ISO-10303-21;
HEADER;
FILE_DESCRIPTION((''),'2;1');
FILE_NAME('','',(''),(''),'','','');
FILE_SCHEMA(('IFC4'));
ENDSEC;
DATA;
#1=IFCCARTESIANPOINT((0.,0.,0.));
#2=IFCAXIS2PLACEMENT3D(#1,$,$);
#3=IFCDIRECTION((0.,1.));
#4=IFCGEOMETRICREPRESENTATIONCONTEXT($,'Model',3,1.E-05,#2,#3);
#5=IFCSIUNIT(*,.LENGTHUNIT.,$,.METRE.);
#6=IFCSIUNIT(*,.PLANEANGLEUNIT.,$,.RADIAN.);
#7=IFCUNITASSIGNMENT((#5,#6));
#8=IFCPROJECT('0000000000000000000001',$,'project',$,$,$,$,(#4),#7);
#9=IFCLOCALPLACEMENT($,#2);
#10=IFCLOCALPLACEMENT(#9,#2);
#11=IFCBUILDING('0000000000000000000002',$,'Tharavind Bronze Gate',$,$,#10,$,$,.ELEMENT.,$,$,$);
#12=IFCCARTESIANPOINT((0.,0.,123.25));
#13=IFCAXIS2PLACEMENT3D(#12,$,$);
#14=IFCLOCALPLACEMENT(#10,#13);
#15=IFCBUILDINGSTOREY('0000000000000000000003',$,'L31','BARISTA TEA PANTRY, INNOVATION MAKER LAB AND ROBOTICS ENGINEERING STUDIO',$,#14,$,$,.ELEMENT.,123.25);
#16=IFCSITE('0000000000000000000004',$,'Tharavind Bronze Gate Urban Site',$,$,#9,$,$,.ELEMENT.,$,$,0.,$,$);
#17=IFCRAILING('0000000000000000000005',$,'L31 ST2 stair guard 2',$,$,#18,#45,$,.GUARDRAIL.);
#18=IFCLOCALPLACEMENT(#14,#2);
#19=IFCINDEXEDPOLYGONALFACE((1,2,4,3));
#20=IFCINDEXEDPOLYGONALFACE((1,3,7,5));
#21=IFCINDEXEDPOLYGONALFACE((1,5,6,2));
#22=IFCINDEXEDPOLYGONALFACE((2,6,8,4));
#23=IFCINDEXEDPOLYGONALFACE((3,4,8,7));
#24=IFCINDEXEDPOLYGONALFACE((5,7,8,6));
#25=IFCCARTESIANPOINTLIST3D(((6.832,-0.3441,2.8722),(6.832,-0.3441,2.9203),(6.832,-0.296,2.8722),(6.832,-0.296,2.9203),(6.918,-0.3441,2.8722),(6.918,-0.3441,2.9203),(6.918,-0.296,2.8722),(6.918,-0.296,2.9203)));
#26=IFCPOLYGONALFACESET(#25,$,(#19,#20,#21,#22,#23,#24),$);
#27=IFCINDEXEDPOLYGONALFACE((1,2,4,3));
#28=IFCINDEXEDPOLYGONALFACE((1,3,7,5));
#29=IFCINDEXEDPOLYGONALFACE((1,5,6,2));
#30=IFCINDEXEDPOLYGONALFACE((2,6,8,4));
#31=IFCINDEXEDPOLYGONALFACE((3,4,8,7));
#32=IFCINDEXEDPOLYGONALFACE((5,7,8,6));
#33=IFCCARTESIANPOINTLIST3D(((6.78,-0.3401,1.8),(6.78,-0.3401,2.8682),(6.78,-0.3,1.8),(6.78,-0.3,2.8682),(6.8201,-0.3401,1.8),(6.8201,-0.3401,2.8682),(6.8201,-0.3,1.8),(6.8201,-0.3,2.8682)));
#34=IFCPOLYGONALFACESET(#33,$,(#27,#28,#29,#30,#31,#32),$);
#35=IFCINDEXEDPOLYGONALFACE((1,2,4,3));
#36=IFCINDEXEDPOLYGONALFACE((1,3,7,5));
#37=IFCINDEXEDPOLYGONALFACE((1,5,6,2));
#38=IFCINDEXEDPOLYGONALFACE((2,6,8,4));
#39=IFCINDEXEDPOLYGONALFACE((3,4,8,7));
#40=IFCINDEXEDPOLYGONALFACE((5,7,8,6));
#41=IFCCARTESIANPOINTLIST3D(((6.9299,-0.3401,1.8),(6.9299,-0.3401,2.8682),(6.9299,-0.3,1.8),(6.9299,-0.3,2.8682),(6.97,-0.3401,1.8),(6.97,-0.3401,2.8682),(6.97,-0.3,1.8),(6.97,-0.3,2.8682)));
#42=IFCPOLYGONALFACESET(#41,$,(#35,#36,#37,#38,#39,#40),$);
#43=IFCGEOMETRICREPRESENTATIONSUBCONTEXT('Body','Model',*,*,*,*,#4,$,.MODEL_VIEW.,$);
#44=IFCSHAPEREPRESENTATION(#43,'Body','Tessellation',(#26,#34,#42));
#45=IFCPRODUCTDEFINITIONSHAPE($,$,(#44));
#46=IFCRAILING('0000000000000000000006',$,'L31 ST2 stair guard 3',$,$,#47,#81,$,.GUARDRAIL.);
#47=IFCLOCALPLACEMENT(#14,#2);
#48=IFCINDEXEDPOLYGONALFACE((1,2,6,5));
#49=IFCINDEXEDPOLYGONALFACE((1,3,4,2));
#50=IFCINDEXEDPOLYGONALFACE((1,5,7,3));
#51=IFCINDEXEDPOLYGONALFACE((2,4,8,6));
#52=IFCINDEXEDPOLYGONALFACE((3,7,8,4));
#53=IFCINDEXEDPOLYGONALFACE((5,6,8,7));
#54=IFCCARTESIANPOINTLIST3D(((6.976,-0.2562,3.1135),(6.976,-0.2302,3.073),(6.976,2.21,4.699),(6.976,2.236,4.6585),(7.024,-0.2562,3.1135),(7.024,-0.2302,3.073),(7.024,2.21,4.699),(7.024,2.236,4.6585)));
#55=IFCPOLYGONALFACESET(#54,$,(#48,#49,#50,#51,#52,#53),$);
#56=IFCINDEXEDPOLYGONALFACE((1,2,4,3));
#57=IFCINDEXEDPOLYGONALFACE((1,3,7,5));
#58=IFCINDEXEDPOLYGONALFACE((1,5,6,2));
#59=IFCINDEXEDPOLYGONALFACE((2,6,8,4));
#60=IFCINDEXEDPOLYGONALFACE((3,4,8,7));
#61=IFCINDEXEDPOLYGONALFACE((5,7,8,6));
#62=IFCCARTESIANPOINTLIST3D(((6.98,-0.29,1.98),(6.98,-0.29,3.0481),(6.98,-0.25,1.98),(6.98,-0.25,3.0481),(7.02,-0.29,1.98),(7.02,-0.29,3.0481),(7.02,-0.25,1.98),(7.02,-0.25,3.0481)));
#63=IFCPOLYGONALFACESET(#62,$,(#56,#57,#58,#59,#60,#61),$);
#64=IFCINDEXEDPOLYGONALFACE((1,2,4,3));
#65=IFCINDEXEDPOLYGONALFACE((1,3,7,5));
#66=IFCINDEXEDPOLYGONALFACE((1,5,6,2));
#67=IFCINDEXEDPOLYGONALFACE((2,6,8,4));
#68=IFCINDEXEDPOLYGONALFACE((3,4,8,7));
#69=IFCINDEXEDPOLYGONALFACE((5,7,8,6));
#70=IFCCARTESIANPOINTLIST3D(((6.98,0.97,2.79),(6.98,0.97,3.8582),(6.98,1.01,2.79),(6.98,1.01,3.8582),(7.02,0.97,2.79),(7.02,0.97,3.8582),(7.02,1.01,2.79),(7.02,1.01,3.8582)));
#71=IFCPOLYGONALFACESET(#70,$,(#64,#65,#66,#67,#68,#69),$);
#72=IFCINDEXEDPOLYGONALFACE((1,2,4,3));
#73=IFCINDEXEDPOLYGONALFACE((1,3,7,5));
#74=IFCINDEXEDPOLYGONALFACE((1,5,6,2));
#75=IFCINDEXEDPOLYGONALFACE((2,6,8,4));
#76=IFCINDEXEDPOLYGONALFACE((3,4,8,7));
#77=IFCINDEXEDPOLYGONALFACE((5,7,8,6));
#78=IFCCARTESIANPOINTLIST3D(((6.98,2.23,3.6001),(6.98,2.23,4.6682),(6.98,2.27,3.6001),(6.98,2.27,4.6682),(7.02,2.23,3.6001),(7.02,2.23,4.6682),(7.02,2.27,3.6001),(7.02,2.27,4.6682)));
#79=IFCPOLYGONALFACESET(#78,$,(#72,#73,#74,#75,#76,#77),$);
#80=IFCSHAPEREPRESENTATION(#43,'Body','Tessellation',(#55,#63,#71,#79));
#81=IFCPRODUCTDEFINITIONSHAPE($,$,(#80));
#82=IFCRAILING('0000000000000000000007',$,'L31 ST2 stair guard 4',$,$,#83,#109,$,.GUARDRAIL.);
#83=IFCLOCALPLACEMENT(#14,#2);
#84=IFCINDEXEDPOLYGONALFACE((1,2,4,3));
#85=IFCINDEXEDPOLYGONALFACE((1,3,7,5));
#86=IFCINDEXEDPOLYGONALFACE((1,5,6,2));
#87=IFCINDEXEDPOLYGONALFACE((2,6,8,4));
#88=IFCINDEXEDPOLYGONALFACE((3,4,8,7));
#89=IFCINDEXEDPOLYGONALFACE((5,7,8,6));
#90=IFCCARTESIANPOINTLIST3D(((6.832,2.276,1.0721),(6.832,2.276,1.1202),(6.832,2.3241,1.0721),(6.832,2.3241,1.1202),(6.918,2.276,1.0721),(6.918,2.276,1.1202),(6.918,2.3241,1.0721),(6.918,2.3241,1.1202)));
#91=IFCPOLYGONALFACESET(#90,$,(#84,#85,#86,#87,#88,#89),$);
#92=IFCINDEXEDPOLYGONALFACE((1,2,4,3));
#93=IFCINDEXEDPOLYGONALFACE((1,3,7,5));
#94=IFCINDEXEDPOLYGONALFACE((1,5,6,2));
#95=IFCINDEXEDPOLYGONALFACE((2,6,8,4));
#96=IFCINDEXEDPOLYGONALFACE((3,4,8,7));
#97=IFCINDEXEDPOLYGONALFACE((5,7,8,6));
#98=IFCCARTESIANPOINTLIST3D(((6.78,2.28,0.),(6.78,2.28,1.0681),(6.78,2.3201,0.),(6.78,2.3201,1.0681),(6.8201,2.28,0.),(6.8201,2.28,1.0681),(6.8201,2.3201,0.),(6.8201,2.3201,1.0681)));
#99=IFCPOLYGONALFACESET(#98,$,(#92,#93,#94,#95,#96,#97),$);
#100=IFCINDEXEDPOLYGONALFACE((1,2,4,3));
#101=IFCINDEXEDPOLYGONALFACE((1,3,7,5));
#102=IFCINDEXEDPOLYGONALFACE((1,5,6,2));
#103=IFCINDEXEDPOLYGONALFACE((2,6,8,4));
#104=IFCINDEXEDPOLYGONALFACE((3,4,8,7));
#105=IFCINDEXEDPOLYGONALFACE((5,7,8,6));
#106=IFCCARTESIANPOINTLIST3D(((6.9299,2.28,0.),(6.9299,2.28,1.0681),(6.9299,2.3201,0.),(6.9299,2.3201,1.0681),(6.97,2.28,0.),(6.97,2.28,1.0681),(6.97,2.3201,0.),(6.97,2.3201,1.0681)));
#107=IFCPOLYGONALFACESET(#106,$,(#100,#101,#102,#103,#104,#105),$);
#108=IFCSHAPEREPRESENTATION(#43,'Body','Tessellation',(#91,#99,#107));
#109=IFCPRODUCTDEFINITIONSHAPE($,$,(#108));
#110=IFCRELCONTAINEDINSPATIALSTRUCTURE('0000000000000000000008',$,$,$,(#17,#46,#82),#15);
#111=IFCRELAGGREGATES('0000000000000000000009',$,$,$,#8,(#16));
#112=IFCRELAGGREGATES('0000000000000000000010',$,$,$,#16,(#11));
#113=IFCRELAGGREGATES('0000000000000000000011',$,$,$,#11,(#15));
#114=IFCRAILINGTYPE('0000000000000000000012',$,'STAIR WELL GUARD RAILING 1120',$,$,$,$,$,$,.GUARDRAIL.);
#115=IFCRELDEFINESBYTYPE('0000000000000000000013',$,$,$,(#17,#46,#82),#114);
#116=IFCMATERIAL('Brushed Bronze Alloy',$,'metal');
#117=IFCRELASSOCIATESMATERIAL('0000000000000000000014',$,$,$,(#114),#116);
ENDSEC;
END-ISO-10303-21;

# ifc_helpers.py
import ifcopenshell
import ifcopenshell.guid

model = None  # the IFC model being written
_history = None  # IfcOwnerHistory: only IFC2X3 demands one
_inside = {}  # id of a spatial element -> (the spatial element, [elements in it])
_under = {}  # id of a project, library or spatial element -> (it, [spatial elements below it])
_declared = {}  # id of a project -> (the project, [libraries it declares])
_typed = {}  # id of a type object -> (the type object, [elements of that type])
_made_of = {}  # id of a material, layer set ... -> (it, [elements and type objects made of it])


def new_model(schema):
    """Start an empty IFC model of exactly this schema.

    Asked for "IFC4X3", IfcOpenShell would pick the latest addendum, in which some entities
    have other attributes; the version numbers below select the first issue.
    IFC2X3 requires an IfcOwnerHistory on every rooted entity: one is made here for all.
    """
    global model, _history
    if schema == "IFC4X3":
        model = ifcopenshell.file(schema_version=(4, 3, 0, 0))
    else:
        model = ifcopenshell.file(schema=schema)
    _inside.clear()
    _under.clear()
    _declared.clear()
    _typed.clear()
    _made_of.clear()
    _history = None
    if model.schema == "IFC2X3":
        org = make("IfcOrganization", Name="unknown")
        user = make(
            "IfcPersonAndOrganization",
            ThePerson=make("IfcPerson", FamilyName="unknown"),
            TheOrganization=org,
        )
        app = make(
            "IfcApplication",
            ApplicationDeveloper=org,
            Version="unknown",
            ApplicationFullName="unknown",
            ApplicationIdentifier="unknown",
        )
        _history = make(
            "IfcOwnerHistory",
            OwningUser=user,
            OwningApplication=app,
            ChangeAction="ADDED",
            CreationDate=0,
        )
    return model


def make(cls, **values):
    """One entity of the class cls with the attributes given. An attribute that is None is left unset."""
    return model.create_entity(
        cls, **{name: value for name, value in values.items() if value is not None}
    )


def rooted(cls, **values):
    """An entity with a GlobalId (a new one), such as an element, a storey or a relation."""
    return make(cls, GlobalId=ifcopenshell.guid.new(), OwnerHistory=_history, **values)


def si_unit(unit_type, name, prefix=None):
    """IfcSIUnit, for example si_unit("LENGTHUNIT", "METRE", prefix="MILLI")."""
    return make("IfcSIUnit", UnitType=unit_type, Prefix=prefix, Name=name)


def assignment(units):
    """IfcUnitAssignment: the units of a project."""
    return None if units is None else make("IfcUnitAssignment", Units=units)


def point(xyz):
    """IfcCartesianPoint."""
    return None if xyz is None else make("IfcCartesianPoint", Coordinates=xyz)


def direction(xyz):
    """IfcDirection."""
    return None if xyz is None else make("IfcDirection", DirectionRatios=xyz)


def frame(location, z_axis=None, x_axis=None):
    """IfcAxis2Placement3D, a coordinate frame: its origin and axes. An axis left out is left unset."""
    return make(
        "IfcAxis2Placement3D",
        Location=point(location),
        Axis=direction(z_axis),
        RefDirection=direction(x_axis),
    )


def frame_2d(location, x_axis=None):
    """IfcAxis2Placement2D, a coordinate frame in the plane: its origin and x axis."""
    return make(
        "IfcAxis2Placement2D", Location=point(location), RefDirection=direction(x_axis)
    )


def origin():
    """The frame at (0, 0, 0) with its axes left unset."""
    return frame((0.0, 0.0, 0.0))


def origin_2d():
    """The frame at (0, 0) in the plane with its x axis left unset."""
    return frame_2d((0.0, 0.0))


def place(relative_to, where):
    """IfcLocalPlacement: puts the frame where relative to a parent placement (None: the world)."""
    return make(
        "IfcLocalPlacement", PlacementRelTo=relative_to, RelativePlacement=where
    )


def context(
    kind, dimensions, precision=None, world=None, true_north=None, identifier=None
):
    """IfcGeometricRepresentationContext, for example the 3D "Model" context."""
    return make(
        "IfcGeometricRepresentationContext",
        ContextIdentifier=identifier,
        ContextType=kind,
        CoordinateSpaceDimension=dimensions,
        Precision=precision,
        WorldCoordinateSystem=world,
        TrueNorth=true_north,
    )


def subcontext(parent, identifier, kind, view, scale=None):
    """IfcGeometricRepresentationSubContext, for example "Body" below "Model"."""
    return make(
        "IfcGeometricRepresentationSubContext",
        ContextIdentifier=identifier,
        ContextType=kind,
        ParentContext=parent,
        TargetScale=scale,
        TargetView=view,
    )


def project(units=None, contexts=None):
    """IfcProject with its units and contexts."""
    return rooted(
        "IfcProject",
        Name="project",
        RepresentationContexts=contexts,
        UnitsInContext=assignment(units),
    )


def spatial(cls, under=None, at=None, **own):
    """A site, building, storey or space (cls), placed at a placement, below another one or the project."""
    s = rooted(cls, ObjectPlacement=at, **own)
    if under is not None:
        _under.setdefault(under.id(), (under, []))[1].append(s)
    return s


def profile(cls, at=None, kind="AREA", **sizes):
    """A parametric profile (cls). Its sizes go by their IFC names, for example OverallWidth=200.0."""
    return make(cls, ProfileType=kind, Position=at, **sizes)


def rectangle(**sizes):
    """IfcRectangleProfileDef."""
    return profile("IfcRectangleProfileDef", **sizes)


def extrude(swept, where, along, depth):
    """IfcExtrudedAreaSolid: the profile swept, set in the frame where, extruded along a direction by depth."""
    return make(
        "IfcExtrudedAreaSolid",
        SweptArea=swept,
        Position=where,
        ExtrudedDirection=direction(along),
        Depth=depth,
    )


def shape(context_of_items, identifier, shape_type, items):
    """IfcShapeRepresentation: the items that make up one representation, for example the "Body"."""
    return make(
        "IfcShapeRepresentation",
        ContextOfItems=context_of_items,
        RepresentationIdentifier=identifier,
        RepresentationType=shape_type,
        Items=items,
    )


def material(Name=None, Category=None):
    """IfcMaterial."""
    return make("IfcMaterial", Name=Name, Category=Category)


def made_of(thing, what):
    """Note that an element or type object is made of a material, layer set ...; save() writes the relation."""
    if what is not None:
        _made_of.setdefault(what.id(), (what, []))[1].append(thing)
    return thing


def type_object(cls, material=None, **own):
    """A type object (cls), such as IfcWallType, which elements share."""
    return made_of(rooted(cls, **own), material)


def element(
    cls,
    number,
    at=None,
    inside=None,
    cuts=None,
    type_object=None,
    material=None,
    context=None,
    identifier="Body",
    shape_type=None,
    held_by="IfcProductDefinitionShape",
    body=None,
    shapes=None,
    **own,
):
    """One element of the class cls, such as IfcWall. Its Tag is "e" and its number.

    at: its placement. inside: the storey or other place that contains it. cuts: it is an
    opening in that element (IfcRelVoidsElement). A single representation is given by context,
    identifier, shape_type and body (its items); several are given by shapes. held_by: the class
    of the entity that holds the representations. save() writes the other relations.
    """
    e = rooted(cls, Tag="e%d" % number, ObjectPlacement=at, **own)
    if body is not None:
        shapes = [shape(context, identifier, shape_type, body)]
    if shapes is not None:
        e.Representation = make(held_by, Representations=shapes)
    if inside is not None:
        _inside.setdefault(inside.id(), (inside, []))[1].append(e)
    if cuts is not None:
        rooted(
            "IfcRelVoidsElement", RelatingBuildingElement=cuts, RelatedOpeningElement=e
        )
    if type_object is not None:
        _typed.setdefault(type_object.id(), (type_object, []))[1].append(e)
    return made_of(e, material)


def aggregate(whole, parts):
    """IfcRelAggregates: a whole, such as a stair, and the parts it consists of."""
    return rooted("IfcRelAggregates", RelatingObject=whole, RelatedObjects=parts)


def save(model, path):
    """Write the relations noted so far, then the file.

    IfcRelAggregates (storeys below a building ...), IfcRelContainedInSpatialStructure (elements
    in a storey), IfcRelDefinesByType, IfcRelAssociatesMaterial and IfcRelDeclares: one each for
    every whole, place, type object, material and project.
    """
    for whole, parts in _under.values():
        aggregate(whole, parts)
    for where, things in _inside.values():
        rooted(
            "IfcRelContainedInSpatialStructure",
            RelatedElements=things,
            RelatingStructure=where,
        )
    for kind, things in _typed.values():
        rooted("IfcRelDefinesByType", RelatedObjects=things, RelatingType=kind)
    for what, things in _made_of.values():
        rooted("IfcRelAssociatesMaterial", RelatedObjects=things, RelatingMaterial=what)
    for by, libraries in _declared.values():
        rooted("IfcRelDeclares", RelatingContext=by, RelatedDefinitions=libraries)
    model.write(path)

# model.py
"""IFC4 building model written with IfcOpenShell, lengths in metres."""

from ifc_helpers import new_model, si_unit, direction, frame, origin, origin_2d, place, context, subcontext, project, spatial, rectangle, extrude, material, type_object, element, save


model = new_model("IFC4")

# Units and contexts
model_context = context("Model", 3, precision=1e-05, world=origin(), true_north=direction((0.0, 1.0)))
body_context = subcontext(model_context, "Body", "Model", "MODEL_VIEW")
ifc_project = project(units=[si_unit("LENGTHUNIT", "METRE"), si_unit("PLANEANGLEUNIT", "RADIAN")], contexts=[model_context])

# Site, building, storey
site_placement = place(None, origin())
site = spatial("IfcSite", under=ifc_project, at=site_placement, Name="Tharavind Bronze Gate Urban Site", CompositionType="ELEMENT", RefElevation=0.0)
building_placement = place(site_placement, origin())
building = spatial("IfcBuilding", under=site, at=building_placement, Name="Tharavind Bronze Gate", CompositionType="ELEMENT")
storey_placement = place(building_placement, frame((0.0, 0.0, 123.25)))
storey = spatial("IfcBuildingStorey", under=building, at=storey_placement, Name="L31", Description="BARISTA TEA PANTRY, INNOVATION MAKER LAB AND ROBOTICS ENGINEERING STUDIO", CompositionType="ELEMENT", Elevation=123.25)

# Railings
ifc_material_1 = material(Name="Brushed Bronze Alloy", Category="metal")
railing_type_1 = type_object("IfcRailingType", Name="STAIR WELL GUARD RAILING 1120", PredefinedType="GUARDRAIL", material=ifc_material_1)
railing_1_placement = place(storey_placement, frame((6.8, -0.3201, 1.8)))
element("IfcRailing", 1, at=railing_1_placement, inside=storey, type_object=railing_type_1, Name="L31 ST2 stair guard 2", PredefinedType="GUARDRAIL", context=body_context, shape_type="SweptSolid", body=[
    extrude(rectangle(XDim=0.0481, YDim=0.0481, at=origin_2d()), frame((0.032, 0.0, 1.0962), z_axis=(1.0, 0.0, 0.0), x_axis=(0.0, 1.0, 0.0)), (0.0, 0.0, 1.0), 0.0859),
    extrude(rectangle(XDim=0.04, YDim=0.04, at=origin_2d()), origin(), (0.0, 0.0, 1.0), 1.0681),
    extrude(rectangle(XDim=0.04, YDim=0.04, at=origin_2d()), frame((0.1499, 0.0, 0.0)), (0.0, 0.0, 1.0), 1.0681),
])
railing_2_placement = place(storey_placement, frame((7.0, -0.27, 1.98)))
element("IfcRailing", 2, at=railing_2_placement, inside=storey, type_object=railing_type_1, Name="L31 ST2 stair guard 3", PredefinedType="GUARDRAIL", context=body_context, shape_type="SweptSolid", body=[
    extrude(rectangle(XDim=0.0481, YDim=0.0481, at=origin_2d()), frame((0.0, 0.0269, 1.1133), z_axis=(0.0, 0.841163, 0.540782), x_axis=(-1.0, 0.0, 0.0)), (0.0, 0.0, 1.0), 2.9319),
    extrude(rectangle(XDim=0.04, YDim=0.04, at=origin_2d()), origin(), (0.0, 0.0, 1.0), 1.0681),
    extrude(rectangle(XDim=0.04, YDim=0.04, at=origin_2d()), frame((0.0, 1.26, 0.8101)), (0.0, 0.0, 1.0), 1.0681),
    extrude(rectangle(XDim=0.04, YDim=0.04, at=origin_2d()), frame((0.0, 2.52, 1.6201)), (0.0, 0.0, 1.0), 1.0681),
])
railing_3_placement = place(storey_placement, frame((6.8, 2.3, 0.0)))
element("IfcRailing", 3, at=railing_3_placement, inside=storey, type_object=railing_type_1, Name="L31 ST2 stair guard 4", PredefinedType="GUARDRAIL", context=body_context, shape_type="SweptSolid", body=[
    extrude(rectangle(XDim=0.0481, YDim=0.0481, at=origin_2d()), frame((0.032, 0.0, 1.0962), z_axis=(1.0, 0.0, 0.0), x_axis=(0.0, 1.0, 0.0)), (0.0, 0.0, 1.0), 0.0859),
    extrude(rectangle(XDim=0.04, YDim=0.04, at=origin_2d()), origin(), (0.0, 0.0, 1.0), 1.0681),
    extrude(rectangle(XDim=0.04, YDim=0.04, at=origin_2d()), frame((0.1499, 0.0, 0.0)), (0.0, 0.0, 1.0), 1.0681),
])

save(model, "model.ifc")
